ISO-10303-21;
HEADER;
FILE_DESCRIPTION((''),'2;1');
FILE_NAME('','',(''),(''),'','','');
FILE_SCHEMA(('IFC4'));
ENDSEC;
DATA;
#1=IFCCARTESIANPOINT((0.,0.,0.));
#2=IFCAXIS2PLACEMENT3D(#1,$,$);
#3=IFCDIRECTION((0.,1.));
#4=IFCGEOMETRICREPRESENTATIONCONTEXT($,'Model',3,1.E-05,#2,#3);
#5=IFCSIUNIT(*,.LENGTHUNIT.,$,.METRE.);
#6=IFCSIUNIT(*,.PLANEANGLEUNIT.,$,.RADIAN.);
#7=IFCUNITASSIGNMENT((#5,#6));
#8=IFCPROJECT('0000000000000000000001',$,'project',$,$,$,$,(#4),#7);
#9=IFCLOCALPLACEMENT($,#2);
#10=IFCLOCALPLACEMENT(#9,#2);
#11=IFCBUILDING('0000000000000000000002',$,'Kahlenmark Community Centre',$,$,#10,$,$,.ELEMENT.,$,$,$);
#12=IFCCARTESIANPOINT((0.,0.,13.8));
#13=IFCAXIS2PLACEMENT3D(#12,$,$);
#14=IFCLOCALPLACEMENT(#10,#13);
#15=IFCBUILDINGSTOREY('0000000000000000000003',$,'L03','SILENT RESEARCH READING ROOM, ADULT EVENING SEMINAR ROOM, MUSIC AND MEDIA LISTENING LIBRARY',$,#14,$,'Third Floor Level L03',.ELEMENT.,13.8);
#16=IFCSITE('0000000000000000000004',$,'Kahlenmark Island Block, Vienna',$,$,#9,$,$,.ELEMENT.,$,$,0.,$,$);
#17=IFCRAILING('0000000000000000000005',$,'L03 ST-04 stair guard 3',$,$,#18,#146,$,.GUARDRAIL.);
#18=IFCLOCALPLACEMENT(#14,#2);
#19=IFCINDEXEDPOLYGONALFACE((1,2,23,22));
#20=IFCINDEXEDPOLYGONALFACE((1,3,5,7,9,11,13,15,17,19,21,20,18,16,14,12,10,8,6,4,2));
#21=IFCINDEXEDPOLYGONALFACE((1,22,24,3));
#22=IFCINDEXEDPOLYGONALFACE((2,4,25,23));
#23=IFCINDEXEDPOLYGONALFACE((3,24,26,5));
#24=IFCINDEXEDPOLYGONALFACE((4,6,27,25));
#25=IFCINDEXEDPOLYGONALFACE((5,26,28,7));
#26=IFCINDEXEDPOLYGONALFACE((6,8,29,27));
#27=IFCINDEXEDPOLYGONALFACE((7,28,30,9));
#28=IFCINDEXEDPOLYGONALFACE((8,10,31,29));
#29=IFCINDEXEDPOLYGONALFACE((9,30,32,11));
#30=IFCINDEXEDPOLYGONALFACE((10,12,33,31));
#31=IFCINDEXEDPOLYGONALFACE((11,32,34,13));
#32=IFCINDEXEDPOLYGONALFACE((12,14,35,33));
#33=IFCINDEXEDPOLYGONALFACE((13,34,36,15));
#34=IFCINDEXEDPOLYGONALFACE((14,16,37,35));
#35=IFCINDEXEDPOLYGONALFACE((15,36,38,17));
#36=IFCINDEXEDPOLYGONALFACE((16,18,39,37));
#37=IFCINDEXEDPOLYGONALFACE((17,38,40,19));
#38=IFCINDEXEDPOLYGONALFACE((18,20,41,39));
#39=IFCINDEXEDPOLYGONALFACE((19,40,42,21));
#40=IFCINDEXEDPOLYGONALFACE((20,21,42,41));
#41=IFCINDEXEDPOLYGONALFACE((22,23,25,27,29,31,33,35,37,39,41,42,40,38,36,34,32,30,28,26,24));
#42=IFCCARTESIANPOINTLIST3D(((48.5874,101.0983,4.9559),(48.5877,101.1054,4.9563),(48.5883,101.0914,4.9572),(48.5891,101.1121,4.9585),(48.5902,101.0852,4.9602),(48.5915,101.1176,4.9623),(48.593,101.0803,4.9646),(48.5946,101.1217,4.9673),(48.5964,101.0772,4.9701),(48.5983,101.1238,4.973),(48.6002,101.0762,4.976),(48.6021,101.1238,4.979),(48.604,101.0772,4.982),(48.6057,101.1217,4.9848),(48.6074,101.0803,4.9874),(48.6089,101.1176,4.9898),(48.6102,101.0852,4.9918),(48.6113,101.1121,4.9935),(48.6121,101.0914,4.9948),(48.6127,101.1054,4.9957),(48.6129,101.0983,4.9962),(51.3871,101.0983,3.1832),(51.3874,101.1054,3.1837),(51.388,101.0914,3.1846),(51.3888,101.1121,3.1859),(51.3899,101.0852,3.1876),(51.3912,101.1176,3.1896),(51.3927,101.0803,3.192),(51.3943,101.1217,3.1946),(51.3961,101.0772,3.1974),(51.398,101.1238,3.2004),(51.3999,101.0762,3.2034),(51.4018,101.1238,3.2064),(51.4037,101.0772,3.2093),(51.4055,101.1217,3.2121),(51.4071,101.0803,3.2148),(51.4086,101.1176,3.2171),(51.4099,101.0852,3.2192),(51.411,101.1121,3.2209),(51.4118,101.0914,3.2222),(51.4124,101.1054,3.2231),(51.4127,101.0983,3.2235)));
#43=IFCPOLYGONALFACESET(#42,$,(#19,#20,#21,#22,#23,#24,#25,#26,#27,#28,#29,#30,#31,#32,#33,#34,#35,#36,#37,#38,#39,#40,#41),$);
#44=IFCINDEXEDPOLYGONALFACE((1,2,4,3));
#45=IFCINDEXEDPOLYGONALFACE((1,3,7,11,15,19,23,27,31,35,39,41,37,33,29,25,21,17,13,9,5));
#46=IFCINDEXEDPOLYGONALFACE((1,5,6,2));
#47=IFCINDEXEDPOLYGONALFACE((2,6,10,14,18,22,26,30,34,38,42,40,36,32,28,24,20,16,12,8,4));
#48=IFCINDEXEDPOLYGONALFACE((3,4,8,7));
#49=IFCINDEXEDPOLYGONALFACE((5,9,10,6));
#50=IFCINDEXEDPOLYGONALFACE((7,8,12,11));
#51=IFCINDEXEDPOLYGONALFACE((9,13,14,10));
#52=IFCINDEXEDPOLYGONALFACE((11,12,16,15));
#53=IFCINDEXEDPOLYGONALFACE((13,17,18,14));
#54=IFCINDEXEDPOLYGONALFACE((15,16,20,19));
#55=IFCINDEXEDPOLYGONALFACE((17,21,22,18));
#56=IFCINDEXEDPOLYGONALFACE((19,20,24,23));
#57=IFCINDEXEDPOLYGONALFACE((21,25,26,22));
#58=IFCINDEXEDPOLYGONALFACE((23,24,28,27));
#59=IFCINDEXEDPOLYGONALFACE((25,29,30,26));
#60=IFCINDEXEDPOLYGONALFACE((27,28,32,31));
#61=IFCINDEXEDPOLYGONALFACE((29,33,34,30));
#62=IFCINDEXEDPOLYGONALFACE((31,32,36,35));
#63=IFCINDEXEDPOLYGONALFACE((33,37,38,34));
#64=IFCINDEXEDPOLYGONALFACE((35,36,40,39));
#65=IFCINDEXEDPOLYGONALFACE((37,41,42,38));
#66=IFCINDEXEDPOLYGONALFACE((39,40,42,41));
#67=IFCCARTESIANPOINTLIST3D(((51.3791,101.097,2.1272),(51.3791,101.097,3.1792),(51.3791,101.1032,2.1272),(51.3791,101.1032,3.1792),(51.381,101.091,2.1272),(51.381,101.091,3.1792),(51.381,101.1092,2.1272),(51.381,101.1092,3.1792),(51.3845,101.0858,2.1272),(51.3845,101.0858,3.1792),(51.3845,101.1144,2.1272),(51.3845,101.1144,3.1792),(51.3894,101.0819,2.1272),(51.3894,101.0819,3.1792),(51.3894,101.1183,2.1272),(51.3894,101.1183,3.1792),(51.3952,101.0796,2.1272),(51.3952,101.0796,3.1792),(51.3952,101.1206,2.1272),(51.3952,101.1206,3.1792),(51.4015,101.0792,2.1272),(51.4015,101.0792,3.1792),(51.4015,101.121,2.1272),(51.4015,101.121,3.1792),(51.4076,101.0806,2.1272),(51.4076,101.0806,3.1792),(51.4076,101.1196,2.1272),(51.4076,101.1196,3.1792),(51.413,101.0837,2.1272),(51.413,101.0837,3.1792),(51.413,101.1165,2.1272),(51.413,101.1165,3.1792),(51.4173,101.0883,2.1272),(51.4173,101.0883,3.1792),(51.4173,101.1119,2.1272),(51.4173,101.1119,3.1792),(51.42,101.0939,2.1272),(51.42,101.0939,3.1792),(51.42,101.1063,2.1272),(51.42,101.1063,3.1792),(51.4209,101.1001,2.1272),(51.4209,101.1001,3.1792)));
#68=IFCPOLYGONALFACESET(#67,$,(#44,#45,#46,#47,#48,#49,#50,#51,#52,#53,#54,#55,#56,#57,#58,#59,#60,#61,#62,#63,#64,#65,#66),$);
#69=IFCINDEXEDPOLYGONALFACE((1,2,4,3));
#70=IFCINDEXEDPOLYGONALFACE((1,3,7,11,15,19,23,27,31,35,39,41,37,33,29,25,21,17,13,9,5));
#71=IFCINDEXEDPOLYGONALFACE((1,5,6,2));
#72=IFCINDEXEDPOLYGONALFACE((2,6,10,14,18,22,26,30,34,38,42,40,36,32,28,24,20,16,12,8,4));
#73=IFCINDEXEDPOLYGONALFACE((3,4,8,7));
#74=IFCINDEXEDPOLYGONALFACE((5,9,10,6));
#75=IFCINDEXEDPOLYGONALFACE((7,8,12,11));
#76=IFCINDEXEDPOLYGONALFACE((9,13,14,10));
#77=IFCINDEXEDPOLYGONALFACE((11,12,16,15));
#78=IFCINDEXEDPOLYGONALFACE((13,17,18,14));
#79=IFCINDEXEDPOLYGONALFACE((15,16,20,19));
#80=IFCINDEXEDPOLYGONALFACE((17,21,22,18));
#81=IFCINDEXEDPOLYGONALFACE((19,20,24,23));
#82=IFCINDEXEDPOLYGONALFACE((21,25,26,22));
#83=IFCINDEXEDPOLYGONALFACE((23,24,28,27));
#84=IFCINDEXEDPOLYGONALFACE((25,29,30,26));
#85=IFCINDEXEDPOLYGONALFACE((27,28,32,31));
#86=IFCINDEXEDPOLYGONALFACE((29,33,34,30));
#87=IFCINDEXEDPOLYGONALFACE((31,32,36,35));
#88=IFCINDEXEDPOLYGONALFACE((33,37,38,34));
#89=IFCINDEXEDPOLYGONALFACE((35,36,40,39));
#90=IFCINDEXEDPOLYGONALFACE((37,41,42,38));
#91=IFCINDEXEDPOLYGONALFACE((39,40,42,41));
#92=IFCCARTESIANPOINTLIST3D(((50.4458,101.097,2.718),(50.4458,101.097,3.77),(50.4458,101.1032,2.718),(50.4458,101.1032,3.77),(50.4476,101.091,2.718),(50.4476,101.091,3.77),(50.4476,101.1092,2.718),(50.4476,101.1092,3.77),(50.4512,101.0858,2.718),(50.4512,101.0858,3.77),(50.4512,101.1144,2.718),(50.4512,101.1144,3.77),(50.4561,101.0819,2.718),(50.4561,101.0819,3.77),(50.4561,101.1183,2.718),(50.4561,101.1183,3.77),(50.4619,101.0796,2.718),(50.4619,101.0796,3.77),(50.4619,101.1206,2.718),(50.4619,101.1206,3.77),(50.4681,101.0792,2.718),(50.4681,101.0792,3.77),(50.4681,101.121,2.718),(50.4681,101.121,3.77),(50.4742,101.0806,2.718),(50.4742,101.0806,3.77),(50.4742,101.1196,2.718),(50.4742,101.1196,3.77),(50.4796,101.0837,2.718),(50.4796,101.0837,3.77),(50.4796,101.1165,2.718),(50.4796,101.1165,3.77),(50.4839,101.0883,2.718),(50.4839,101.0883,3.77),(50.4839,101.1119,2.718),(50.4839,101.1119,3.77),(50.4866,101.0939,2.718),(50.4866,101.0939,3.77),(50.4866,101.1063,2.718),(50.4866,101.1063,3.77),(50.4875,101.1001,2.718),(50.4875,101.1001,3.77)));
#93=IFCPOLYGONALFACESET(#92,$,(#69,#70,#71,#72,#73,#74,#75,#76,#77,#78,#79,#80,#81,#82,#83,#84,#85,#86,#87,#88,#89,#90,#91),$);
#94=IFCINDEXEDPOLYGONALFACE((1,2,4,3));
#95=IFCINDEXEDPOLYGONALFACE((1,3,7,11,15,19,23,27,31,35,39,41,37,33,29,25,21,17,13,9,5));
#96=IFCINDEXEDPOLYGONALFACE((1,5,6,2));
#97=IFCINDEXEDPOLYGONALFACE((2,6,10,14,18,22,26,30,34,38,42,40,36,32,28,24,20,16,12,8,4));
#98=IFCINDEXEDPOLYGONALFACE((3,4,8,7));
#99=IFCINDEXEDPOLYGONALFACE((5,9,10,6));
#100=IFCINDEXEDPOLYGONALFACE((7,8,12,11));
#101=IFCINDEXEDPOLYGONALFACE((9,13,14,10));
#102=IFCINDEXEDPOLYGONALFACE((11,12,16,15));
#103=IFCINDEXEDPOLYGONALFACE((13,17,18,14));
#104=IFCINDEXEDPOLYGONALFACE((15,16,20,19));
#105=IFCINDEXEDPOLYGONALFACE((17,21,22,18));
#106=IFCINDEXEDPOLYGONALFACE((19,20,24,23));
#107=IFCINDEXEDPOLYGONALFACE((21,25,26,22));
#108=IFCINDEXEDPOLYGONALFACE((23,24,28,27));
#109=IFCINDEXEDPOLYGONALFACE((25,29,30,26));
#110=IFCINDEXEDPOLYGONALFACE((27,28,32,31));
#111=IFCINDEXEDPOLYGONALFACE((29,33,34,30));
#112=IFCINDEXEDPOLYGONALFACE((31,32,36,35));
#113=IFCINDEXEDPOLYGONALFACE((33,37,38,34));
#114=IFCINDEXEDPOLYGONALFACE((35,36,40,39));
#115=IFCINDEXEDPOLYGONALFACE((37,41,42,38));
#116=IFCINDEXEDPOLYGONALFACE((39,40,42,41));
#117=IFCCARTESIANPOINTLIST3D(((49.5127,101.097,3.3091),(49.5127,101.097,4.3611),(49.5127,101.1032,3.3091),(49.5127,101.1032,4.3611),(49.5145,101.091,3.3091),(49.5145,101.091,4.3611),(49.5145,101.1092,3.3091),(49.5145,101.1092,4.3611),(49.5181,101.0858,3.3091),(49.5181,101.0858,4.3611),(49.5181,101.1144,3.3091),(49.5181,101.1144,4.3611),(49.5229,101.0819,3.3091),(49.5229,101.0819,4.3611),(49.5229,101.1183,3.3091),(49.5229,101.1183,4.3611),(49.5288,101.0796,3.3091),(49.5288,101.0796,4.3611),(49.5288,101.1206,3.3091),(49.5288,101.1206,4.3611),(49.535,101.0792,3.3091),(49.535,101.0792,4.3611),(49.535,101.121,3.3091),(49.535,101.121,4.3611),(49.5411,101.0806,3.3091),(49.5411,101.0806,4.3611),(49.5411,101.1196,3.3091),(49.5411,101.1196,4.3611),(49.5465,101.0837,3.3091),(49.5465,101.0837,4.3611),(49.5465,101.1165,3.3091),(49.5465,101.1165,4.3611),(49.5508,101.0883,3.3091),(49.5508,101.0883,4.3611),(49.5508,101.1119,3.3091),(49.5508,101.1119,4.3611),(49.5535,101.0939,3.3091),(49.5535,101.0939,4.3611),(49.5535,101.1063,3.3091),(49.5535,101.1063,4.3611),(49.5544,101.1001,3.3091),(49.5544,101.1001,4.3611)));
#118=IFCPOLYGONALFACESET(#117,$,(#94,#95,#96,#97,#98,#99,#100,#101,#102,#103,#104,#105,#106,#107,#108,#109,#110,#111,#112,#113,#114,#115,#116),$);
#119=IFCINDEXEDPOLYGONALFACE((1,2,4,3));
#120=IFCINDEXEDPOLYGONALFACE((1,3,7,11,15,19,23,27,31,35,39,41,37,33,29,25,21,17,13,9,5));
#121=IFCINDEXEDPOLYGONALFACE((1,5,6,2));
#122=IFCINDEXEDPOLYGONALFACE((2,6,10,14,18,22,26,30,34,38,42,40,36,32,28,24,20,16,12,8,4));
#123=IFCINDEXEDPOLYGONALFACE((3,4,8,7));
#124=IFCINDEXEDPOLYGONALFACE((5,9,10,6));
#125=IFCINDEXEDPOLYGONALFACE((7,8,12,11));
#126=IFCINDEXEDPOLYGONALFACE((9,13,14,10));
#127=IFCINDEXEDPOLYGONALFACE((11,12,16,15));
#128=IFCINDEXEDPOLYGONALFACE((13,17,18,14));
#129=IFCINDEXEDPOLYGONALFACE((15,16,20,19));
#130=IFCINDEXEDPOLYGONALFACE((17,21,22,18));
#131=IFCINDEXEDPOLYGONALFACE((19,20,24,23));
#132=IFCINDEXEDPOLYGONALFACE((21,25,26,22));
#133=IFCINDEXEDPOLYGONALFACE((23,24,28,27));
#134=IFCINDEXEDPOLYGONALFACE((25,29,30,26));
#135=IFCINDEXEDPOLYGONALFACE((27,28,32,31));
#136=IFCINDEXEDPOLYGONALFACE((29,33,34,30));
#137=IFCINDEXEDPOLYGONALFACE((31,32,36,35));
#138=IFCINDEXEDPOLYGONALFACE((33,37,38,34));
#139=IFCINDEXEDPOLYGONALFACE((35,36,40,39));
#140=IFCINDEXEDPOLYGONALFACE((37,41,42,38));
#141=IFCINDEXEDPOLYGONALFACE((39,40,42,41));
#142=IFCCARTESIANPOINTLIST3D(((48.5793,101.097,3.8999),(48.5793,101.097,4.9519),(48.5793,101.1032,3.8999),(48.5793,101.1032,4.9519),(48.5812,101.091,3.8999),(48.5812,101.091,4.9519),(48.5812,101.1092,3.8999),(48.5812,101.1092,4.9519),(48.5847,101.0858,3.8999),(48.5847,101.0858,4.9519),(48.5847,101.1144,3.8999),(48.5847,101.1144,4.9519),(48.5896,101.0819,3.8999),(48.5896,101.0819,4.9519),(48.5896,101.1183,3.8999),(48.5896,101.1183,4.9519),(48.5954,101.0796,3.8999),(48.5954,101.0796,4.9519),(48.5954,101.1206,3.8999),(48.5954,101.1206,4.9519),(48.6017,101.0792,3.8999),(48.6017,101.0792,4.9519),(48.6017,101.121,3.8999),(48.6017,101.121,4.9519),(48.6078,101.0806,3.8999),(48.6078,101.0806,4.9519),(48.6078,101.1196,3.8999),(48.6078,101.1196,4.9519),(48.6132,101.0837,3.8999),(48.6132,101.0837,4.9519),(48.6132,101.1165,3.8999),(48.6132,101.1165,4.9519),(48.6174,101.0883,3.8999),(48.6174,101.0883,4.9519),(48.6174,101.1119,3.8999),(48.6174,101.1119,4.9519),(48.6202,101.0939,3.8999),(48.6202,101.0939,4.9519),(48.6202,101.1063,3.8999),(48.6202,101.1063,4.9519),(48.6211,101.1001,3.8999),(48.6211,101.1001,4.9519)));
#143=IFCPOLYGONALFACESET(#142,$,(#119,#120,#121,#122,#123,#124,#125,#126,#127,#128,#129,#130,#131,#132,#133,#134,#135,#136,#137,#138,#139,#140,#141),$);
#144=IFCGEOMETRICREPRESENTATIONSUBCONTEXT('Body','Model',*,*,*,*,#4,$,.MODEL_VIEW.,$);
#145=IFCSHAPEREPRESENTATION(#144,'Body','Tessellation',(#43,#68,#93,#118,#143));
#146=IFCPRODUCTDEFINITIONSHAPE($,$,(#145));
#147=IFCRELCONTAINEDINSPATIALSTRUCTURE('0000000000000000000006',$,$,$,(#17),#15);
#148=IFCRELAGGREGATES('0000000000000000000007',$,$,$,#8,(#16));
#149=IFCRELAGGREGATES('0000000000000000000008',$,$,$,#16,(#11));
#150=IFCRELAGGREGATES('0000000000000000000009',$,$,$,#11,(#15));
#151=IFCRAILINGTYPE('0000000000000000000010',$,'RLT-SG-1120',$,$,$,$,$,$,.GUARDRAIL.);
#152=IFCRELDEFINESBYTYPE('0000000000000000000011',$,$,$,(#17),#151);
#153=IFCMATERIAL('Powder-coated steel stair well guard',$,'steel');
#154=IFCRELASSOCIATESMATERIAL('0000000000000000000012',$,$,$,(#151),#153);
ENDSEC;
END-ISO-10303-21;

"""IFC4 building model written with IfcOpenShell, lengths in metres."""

from ifc_helpers import new_model, si_unit, direction, frame, origin, origin_2d, place, context, subcontext, project, spatial, circle, extrude, material, type_object, element, save


model = new_model("IFC4")

# Units and contexts
model_context = context("Model", 3, precision=1e-05, world=origin(), true_north=direction((0.0, 1.0)))
body_context = subcontext(model_context, "Body", "Model", "MODEL_VIEW")
ifc_project = project(units=[si_unit("LENGTHUNIT", "METRE"), si_unit("PLANEANGLEUNIT", "RADIAN")], contexts=[model_context])

# Site, building, storey
site_placement = place(None, origin())
site = spatial("IfcSite", under=ifc_project, at=site_placement, Name="Kahlenmark Island Block, Vienna", CompositionType="ELEMENT", RefElevation=0.0)
building_placement = place(site_placement, origin())
building = spatial("IfcBuilding", under=site, at=building_placement, Name="Kahlenmark Community Centre", CompositionType="ELEMENT")
storey_placement = place(building_placement, frame((0.0, 0.0, 13.8)))
storey = spatial("IfcBuildingStorey", under=building, at=storey_placement, Name="L03", Description="SILENT RESEARCH READING ROOM, ADULT EVENING SEMINAR ROOM, MUSIC AND MEDIA LISTENING LIBRARY", LongName="Third Floor Level L03", CompositionType="ELEMENT", Elevation=13.8)

# Railing
ifc_material_1 = material(Name="Powder-coated steel stair well guard", Category="steel")
railing_type_1 = type_object("IfcRailingType", Name="RLT-SG-1120", PredefinedType="GUARDRAIL", material=ifc_material_1)
railing_1_placement = place(storey_placement, frame((51.3999, 101.1001, 2.1272)))
element("IfcRailing", 1, at=railing_1_placement, inside=storey, type_object=railing_type_1, Name="L03 ST-04 stair guard 3", PredefinedType="GUARDRAIL", context=body_context, shape_type="SweptSolid", body=[
    extrude(circle(Radius=0.0239, at=origin_2d()), frame((0.0, 0.0, 1.0762), z_axis=(-0.844888, 0.0, 0.534943), x_axis=(0.0, -1.0, 0.0)), (0.0, 0.0, 1.0), 3.3137),
    extrude(circle(Radius=0.021, at=origin_2d()), origin(), (0.0, 0.0, 1.0), 1.052),
    extrude(circle(Radius=0.021, at=origin_2d()), frame((-0.9333, 0.0, 0.5908)), (0.0, 0.0, 1.0), 1.052),
    extrude(circle(Radius=0.021, at=origin_2d()), frame((-1.8665, 0.0, 1.1819)), (0.0, 0.0, 1.0), 1.052),
    extrude(circle(Radius=0.021, at=origin_2d()), frame((-2.7998, 0.0, 1.7727)), (0.0, 0.0, 1.0), 1.052),
])

save(model, "model.ifc")
